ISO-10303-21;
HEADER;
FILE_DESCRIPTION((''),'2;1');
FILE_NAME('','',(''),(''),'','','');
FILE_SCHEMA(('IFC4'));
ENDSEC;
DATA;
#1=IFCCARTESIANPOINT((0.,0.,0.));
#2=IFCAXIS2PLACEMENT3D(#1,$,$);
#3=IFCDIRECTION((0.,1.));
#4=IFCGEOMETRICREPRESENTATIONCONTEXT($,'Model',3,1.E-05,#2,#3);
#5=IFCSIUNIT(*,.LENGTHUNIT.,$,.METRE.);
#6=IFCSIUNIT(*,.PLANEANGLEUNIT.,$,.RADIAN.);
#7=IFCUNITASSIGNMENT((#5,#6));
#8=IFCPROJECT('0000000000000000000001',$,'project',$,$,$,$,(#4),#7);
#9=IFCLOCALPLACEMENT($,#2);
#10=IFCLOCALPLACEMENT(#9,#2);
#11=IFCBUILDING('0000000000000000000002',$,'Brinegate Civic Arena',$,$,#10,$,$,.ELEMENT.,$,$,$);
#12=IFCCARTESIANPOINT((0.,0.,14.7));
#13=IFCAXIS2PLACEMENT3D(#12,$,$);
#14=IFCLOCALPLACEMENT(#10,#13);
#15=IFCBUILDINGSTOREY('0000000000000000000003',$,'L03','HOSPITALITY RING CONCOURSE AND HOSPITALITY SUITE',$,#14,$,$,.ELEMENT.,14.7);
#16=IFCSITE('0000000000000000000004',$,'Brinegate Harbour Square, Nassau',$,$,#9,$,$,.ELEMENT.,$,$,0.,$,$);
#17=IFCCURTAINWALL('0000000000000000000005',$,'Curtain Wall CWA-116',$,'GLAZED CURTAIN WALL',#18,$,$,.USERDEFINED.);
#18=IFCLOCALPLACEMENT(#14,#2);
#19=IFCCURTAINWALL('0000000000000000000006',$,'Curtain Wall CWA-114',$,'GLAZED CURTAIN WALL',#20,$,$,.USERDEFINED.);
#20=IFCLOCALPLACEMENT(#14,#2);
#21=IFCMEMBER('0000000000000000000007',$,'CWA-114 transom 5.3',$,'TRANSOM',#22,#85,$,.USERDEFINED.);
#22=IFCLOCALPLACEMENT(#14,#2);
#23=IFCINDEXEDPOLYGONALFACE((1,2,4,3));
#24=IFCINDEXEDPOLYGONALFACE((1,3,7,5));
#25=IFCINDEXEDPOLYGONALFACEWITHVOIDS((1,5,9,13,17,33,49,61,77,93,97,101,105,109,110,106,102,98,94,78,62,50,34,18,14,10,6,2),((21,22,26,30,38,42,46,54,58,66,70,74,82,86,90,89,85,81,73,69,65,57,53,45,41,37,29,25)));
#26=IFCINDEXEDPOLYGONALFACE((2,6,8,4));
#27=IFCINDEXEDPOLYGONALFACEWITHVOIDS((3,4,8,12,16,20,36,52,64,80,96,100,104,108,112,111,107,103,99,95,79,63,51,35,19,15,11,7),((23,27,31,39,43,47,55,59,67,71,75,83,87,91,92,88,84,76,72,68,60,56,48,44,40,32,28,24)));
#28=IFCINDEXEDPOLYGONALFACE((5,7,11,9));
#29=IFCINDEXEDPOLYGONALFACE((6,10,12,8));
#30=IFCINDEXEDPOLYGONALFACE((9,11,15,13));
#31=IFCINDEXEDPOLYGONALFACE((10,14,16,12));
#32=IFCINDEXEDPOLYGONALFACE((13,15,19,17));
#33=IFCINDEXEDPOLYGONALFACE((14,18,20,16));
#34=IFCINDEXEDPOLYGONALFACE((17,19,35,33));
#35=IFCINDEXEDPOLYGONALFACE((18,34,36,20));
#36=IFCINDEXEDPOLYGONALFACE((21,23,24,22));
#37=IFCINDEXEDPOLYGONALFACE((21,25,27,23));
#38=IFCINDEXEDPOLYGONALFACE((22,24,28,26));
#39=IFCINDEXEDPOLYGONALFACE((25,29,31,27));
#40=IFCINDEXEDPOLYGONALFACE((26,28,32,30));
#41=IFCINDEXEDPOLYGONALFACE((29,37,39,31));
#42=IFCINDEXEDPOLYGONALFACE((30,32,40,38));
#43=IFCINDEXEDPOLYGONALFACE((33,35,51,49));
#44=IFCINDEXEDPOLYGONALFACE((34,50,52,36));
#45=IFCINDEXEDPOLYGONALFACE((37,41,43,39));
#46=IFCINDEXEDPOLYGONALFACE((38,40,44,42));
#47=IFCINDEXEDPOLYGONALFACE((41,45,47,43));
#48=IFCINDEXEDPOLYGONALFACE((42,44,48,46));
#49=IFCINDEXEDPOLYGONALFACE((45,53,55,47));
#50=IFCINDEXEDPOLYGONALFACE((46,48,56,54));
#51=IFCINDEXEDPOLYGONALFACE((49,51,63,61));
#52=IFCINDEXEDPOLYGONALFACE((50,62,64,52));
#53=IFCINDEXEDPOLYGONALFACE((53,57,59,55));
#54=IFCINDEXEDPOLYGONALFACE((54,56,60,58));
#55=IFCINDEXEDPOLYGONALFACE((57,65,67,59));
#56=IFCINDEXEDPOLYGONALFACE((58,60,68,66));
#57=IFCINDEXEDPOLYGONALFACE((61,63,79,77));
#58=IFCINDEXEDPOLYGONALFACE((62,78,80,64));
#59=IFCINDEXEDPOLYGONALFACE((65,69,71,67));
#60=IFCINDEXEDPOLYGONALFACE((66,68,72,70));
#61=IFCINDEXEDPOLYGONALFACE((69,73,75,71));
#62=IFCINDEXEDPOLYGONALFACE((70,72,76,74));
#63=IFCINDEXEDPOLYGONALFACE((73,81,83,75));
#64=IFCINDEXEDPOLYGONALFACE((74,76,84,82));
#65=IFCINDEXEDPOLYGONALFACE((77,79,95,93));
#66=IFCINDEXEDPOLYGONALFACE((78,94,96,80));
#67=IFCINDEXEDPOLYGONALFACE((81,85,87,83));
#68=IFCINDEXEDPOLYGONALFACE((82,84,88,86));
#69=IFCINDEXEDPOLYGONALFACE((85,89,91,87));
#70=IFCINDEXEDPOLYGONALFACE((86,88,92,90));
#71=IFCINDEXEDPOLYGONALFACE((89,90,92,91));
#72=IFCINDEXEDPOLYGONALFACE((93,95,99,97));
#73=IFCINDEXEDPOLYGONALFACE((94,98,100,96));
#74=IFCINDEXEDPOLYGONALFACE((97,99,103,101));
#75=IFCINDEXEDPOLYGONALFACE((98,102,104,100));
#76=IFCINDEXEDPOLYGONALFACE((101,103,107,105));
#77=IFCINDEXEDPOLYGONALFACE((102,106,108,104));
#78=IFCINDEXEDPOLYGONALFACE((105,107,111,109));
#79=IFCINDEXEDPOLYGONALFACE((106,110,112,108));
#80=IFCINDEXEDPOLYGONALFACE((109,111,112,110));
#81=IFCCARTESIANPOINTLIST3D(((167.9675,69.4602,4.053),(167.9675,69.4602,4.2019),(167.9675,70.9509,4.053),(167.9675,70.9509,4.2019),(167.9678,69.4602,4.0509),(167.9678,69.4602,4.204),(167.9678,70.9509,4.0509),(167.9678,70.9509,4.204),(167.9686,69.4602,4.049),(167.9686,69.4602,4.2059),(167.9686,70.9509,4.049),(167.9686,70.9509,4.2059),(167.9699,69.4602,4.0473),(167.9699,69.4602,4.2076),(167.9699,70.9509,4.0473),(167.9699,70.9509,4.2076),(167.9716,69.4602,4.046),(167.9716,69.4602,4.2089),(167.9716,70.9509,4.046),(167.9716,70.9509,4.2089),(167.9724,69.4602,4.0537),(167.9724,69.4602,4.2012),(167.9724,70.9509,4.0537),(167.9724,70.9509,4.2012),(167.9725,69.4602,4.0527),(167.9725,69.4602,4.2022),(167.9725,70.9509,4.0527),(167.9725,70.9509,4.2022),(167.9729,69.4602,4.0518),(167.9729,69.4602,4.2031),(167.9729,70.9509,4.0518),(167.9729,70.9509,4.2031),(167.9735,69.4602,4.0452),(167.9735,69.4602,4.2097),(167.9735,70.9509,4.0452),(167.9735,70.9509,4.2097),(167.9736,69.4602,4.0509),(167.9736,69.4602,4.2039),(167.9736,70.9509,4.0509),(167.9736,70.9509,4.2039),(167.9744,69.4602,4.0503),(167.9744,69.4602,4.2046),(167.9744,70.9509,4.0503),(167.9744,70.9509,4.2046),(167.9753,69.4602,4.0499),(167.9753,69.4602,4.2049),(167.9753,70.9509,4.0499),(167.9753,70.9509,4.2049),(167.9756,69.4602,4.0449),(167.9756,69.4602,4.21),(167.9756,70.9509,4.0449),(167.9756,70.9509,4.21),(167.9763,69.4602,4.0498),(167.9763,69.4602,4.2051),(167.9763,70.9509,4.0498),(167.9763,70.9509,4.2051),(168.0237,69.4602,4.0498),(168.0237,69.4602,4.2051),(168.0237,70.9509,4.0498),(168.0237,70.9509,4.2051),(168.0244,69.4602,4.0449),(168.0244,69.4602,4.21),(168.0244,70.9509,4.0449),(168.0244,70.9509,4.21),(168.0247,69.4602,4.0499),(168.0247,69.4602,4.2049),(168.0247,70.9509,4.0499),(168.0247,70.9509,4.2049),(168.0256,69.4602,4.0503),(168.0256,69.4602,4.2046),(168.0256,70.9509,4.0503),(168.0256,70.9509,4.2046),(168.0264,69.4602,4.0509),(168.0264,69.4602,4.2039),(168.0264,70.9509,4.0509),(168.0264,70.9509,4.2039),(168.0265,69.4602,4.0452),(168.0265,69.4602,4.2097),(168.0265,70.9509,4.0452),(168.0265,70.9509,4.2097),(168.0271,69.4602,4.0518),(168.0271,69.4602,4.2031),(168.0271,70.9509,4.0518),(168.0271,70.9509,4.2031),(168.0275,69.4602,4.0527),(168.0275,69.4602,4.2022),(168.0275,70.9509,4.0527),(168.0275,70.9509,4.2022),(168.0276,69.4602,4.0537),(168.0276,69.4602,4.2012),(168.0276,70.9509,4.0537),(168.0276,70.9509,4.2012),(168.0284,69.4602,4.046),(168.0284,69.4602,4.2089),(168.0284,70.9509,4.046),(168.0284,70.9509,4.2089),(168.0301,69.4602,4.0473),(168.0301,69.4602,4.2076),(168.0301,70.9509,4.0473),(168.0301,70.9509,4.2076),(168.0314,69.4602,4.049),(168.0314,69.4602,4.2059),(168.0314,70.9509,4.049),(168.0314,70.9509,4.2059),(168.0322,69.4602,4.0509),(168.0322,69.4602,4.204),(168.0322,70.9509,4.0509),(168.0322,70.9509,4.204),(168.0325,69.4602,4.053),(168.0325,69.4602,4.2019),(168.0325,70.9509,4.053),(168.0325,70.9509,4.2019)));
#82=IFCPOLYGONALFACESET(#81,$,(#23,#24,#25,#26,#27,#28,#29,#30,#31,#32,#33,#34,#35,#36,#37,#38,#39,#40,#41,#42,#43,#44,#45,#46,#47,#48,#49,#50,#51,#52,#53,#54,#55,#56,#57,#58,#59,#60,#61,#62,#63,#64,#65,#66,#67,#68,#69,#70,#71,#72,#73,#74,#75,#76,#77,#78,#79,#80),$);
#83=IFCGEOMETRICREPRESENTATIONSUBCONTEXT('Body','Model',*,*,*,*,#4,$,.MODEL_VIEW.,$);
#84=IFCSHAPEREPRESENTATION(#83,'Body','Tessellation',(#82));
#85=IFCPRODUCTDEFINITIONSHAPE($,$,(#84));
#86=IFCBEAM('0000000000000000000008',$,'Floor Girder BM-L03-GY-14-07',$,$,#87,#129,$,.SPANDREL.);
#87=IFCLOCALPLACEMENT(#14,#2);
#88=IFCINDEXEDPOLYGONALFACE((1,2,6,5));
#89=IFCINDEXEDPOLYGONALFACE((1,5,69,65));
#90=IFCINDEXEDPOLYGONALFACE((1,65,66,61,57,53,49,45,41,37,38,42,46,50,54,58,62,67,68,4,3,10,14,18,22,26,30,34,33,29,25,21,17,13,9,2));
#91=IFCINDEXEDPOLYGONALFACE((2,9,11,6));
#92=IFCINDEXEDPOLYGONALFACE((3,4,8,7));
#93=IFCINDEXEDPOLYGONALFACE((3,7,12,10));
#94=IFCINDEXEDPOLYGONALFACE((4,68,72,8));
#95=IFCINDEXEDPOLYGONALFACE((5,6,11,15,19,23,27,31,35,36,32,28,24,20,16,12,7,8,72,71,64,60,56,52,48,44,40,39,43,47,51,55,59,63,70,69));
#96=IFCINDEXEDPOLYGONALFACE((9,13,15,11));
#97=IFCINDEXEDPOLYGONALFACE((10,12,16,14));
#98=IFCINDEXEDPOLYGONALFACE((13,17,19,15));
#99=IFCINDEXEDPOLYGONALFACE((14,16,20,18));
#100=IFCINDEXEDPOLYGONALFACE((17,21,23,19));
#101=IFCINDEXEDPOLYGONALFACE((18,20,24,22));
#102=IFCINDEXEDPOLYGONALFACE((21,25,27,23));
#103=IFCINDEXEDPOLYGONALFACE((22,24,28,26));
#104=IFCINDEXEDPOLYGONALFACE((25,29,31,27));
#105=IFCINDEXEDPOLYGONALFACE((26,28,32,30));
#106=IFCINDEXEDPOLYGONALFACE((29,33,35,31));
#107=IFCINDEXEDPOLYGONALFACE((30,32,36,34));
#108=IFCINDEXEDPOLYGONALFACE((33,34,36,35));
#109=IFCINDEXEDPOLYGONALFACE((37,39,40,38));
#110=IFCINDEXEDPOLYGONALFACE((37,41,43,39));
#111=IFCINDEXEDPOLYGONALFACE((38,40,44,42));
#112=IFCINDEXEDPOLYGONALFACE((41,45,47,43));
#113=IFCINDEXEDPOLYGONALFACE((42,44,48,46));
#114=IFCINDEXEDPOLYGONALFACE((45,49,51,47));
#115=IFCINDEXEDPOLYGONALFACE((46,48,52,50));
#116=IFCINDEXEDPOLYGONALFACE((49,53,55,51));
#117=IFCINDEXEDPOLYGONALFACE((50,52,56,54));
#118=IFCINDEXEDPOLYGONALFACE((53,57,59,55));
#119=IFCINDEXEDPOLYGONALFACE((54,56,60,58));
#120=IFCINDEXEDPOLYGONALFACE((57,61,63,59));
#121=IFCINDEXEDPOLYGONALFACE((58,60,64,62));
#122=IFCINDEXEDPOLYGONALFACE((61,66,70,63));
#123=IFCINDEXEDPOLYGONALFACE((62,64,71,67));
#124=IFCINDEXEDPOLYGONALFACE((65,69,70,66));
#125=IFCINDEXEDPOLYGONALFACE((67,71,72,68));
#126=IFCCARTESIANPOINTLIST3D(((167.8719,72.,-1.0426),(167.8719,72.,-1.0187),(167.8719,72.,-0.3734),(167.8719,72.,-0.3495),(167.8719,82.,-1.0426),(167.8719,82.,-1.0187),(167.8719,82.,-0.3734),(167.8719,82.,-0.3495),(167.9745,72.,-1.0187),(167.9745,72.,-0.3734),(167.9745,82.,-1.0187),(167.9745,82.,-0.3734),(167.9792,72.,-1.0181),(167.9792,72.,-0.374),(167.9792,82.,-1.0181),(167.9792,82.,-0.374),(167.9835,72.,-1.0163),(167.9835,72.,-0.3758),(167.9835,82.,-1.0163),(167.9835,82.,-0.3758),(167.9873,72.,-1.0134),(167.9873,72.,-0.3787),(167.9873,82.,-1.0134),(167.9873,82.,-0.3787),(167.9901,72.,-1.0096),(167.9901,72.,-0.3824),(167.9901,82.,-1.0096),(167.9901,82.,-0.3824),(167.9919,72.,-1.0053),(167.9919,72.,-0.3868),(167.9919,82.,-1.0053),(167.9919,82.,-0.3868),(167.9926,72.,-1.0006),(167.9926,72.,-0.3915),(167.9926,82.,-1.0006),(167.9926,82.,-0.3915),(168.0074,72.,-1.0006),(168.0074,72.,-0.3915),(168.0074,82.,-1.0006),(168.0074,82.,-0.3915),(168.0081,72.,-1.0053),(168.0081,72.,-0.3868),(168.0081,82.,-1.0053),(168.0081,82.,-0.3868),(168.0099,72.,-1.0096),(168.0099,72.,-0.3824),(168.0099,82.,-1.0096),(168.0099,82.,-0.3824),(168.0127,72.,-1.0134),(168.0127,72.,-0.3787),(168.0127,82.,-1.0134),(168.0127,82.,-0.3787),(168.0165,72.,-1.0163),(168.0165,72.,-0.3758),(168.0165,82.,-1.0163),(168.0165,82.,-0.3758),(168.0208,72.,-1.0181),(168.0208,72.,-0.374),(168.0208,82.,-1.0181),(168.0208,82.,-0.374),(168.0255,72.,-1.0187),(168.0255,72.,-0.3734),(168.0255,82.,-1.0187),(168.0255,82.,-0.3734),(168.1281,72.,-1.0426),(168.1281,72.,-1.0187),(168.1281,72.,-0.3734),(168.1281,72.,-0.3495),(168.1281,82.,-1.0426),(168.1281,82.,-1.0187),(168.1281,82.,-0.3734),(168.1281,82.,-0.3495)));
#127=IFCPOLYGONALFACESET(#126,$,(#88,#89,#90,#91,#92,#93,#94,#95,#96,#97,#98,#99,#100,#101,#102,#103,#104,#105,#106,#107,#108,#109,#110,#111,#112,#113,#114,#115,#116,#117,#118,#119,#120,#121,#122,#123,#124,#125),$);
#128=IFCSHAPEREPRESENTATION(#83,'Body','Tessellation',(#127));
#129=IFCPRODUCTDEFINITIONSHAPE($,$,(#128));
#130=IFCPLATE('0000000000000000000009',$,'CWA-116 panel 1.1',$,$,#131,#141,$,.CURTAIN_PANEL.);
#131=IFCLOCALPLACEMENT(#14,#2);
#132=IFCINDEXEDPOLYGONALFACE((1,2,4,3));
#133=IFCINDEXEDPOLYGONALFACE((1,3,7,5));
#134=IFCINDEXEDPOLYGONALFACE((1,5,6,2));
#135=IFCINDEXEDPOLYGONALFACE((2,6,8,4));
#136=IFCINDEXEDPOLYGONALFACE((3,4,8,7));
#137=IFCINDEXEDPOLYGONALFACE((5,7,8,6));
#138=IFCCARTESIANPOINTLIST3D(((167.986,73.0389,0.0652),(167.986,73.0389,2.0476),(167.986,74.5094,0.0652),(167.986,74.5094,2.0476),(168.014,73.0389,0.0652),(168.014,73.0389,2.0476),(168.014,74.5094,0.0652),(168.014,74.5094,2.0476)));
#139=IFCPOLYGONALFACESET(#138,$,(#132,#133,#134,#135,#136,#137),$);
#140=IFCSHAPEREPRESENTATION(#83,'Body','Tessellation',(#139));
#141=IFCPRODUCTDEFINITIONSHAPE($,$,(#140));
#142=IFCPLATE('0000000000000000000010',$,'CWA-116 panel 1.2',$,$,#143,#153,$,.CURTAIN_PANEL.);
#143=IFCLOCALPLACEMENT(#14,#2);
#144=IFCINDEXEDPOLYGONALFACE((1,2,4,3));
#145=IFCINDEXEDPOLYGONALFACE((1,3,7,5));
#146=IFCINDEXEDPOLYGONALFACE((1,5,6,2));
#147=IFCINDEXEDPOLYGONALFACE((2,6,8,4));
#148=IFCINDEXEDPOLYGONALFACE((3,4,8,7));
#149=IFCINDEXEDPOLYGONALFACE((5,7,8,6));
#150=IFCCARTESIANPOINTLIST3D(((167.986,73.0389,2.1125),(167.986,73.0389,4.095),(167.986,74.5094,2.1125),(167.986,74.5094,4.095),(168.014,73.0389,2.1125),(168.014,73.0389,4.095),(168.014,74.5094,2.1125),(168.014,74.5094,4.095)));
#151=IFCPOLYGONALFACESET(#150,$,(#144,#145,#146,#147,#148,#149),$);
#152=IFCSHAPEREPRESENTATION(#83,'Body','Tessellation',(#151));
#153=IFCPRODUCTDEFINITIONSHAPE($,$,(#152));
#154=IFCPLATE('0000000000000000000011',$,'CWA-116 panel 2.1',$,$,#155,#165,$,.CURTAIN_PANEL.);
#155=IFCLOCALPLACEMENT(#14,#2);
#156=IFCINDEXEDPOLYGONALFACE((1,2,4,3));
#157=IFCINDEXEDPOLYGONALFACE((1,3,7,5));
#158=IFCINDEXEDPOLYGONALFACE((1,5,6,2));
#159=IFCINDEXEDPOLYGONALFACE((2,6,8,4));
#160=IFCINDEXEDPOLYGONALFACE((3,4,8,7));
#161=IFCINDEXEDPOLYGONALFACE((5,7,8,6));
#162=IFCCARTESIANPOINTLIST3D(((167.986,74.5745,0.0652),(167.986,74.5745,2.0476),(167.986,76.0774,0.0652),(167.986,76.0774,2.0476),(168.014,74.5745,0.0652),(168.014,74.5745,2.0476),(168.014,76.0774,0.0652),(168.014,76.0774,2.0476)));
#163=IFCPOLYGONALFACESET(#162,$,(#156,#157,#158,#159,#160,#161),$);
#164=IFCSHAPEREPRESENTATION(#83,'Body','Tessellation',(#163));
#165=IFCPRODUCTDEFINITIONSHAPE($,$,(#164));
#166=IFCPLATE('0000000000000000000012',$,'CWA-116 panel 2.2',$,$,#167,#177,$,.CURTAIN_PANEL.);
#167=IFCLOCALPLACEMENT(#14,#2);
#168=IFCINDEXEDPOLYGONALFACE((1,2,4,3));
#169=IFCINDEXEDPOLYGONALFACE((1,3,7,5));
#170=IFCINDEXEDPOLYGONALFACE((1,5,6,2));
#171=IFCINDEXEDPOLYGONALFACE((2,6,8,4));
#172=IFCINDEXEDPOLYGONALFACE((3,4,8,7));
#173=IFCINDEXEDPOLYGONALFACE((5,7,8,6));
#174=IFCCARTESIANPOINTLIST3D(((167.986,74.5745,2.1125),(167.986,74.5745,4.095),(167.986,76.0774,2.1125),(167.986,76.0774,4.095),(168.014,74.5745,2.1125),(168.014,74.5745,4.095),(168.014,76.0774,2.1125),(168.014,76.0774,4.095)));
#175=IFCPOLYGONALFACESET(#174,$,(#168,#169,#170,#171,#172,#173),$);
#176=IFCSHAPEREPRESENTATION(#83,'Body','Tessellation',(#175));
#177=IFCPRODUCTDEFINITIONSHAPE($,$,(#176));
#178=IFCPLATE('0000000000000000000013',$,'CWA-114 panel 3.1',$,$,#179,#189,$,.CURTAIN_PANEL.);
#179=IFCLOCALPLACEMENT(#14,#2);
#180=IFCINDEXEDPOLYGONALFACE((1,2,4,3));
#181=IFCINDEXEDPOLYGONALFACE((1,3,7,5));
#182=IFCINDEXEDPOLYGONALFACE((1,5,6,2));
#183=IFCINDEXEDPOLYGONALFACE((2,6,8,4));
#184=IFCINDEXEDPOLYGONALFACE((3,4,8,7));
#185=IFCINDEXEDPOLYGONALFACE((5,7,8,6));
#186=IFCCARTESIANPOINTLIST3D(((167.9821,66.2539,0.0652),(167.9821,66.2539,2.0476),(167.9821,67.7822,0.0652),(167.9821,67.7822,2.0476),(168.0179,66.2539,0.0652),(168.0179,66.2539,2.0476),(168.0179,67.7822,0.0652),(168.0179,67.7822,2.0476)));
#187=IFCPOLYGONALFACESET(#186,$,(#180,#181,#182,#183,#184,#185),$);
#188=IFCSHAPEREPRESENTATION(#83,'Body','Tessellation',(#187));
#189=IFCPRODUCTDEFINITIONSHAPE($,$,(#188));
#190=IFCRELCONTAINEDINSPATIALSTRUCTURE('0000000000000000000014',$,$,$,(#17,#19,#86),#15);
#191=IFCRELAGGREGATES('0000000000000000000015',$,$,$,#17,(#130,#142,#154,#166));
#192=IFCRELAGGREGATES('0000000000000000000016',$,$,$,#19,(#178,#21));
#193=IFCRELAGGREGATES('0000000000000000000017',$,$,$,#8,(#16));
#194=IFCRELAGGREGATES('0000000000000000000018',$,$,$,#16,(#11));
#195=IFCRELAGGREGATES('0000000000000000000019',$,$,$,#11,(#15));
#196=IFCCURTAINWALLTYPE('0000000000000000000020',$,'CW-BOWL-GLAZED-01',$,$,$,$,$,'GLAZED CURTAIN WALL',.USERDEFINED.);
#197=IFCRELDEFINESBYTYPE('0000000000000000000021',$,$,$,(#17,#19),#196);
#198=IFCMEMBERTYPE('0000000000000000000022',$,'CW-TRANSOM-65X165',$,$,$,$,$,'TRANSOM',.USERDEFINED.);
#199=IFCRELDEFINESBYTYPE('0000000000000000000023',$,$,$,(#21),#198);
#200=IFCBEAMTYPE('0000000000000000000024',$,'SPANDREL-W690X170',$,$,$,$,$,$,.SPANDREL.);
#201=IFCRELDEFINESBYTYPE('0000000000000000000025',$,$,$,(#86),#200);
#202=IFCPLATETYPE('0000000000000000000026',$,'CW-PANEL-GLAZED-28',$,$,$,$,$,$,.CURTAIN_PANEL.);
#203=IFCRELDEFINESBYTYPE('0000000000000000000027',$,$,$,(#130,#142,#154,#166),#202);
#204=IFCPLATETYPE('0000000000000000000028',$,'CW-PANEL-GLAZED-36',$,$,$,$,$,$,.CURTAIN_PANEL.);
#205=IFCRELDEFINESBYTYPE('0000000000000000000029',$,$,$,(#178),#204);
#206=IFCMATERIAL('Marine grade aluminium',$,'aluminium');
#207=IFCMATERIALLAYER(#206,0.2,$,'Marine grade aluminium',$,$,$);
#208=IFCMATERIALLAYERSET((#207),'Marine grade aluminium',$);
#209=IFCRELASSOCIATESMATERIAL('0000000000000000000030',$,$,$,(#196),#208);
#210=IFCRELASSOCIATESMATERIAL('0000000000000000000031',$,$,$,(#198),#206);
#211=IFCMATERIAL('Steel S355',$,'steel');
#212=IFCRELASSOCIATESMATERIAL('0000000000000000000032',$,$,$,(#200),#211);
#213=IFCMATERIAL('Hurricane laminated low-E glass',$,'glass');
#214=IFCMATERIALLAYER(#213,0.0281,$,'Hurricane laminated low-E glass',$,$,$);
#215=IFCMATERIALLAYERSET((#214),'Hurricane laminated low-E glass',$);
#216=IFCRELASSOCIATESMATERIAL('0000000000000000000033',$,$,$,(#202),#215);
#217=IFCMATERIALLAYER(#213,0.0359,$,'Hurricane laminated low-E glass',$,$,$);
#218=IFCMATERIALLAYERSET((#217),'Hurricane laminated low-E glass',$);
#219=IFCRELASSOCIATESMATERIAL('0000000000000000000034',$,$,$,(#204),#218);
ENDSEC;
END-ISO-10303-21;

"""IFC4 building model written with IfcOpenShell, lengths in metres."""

from ifc_helpers import new_model, si_unit, direction, frame, origin, origin_2d, place, context, subcontext, project, spatial, rectangle, hollow_rectangle, i_section, extrude, material, layer, layer_set, material_profile, profile_set, type_object, element, aggregate, save


model = new_model("IFC4")

# Units and contexts
model_context = context("Model", 3, precision=1e-05, world=origin(), true_north=direction((0.0, 1.0)))
body_context = subcontext(model_context, "Body", "Model", "MODEL_VIEW")
ifc_project = project(units=[si_unit("LENGTHUNIT", "METRE"), si_unit("PLANEANGLEUNIT", "RADIAN")], contexts=[model_context])

# Site, building, storey
site_placement = place(None, origin())
site = spatial("IfcSite", under=ifc_project, at=site_placement, Name="Brinegate Harbour Square, Nassau", CompositionType="ELEMENT", RefElevation=0.0)
building_placement = place(site_placement, origin())
building = spatial("IfcBuilding", under=site, at=building_placement, Name="Brinegate Civic Arena", CompositionType="ELEMENT")
storey_placement = place(building_placement, frame((0.0, 0.0, 14.7)))
storey = spatial("IfcBuildingStorey", under=building, at=storey_placement, Name="L03", Description="HOSPITALITY RING CONCOURSE AND HOSPITALITY SUITE", CompositionType="ELEMENT", Elevation=14.7)

# Curtain walls
ifc_material_1 = material(Name="Marine grade aluminium", Category="aluminium")
ifc_layer_1 = layer(ifc_material_1, 0.2, Name="Marine grade aluminium")
ifc_layer_set_1 = layer_set([ifc_layer_1], Name="Marine grade aluminium")
curtain_wall_type = type_object("IfcCurtainWallType", Name="CW-BOWL-GLAZED-01", ElementType="GLAZED CURTAIN WALL", PredefinedType="USERDEFINED", material=ifc_layer_set_1)
curtain_wall_1_placement = place(storey_placement, origin())
curtain_wall_1 = element("IfcCurtainWall", 1, at=curtain_wall_1_placement, inside=storey, type_object=curtain_wall_type, Name="Curtain Wall CWA-116", ObjectType="GLAZED CURTAIN WALL", PredefinedType="USERDEFINED")
curtain_wall_2_placement = place(storey_placement, origin())
curtain_wall_2 = element("IfcCurtainWall", 2, at=curtain_wall_2_placement, inside=storey, type_object=curtain_wall_type, Name="Curtain Wall CWA-114", ObjectType="GLAZED CURTAIN WALL", PredefinedType="USERDEFINED")

# Member
ifc_material_profile_1 = material_profile(ifc_material_1, hollow_rectangle(XDim=0.0649, YDim=0.165, WallThickness=0.0049, InnerFilletRadius=0.0039, OuterFilletRadius=0.0081, at=origin_2d()), Name="TRN65X165")
ifc_profile_set_1 = profile_set([ifc_material_profile_1], Name="Marine grade aluminium")
member_type_1 = type_object("IfcMemberType", Name="CW-TRANSOM-65X165", ElementType="TRANSOM", PredefinedType="USERDEFINED", material=ifc_profile_set_1)
member_1_placement = place(storey_placement, frame((168.0, 69.4602, 4.1274), z_axis=(0.0, 1.0, 0.0), x_axis=(-1.0, 0.0, 0.0)))
member_1 = element("IfcMember", 3, at=member_1_placement, type_object=member_type_1, Name="CWA-114 transom 5.3", ObjectType="TRANSOM", PredefinedType="USERDEFINED", context=body_context, shape_type="SweptSolid", body=[
    extrude(hollow_rectangle(XDim=0.0649, YDim=0.165, WallThickness=0.0049, InnerFilletRadius=0.0039, OuterFilletRadius=0.0081, at=origin_2d()), origin(), (0.0, 0.0, 1.0), 1.4907),
])

# Beam
ifc_material_2 = material(Name="Steel S355", Category="steel")
ifc_material_profile_2 = material_profile(ifc_material_2, i_section(OverallWidth=0.2561, OverallDepth=0.6931, WebThickness=0.0149, FlangeThickness=0.0239, FilletRadius=0.0181, at=origin_2d()), Name="W690X170")
ifc_profile_set_2 = profile_set([ifc_material_profile_2], Name="Steel S355")
beam_type = type_object("IfcBeamType", Name="SPANDREL-W690X170", PredefinedType="SPANDREL", material=ifc_profile_set_2)
beam_placement = place(storey_placement, frame((168.0, 72.0, -0.696), z_axis=(0.0, 1.0, 0.0), x_axis=(-1.0, 0.0, 0.0)))
element("IfcBeam", 4, at=beam_placement, inside=storey, type_object=beam_type, Name="Floor Girder BM-L03-GY-14-07", PredefinedType="SPANDREL", context=body_context, shape_type="SweptSolid", body=[
    extrude(i_section(OverallWidth=0.2561, OverallDepth=0.6931, WebThickness=0.0149, FlangeThickness=0.0239, FilletRadius=0.0181, at=origin_2d()), origin(), (0.0, 0.0, 1.0), 10.0),
])

# Plates
ifc_material_3 = material(Name="Hurricane laminated low-E glass", Category="glass")
ifc_layer_2 = layer(ifc_material_3, 0.0281, Name="Hurricane laminated low-E glass")
ifc_layer_set_2 = layer_set([ifc_layer_2], Name="Hurricane laminated low-E glass")
plate_type_1 = type_object("IfcPlateType", Name="CW-PANEL-GLAZED-28", PredefinedType="CURTAIN_PANEL", material=ifc_layer_set_2)
plate_1_placement = place(storey_placement, frame((168.0, 73.7742, 0.0652), z_axis=(0.0, 0.0, 1.0), x_axis=(0.0, 1.0, 0.0)))
plate_1 = element("IfcPlate", 5, at=plate_1_placement, type_object=plate_type_1, Name="CWA-116 panel 1.1", PredefinedType="CURTAIN_PANEL", context=body_context, shape_type="SweptSolid", body=[
    extrude(rectangle(XDim=1.4705, YDim=0.0281, at=origin_2d()), origin(), (0.0, 0.0, 1.0), 1.9824),
])
plate_2_placement = place(storey_placement, frame((168.0, 73.7742, 2.1125), z_axis=(0.0, 0.0, 1.0), x_axis=(0.0, 1.0, 0.0)))
plate_2 = element("IfcPlate", 6, at=plate_2_placement, type_object=plate_type_1, Name="CWA-116 panel 1.2", PredefinedType="CURTAIN_PANEL", context=body_context, shape_type="SweptSolid", body=[
    extrude(rectangle(XDim=1.4705, YDim=0.0281, at=origin_2d()), origin(), (0.0, 0.0, 1.0), 1.9824),
])
plate_3_placement = place(storey_placement, frame((168.0, 75.3259, 0.0652), z_axis=(0.0, 0.0, 1.0), x_axis=(0.0, 1.0, 0.0)))
plate_3 = element("IfcPlate", 7, at=plate_3_placement, type_object=plate_type_1, Name="CWA-116 panel 2.1", PredefinedType="CURTAIN_PANEL", context=body_context, shape_type="SweptSolid", body=[
    extrude(rectangle(XDim=1.5029, YDim=0.0281, at=origin_2d()), origin(), (0.0, 0.0, 1.0), 1.9824),
])
plate_4_placement = place(storey_placement, frame((168.0, 75.3259, 2.1125), z_axis=(0.0, 0.0, 1.0), x_axis=(0.0, 1.0, 0.0)))
plate_4 = element("IfcPlate", 8, at=plate_4_placement, type_object=plate_type_1, Name="CWA-116 panel 2.2", PredefinedType="CURTAIN_PANEL", context=body_context, shape_type="SweptSolid", body=[
    extrude(rectangle(XDim=1.5029, YDim=0.0281, at=origin_2d()), origin(), (0.0, 0.0, 1.0), 1.9824),
])
aggregate(curtain_wall_1, [plate_1, plate_2, plate_3, plate_4])
ifc_layer_3 = layer(ifc_material_3, 0.0359, Name="Hurricane laminated low-E glass")
ifc_layer_set_3 = layer_set([ifc_layer_3], Name="Hurricane laminated low-E glass")
plate_type_2 = type_object("IfcPlateType", Name="CW-PANEL-GLAZED-36", PredefinedType="CURTAIN_PANEL", material=ifc_layer_set_3)
plate_5_placement = place(storey_placement, frame((168.0, 67.0181, 0.0652), z_axis=(0.0, 0.0, 1.0), x_axis=(0.0, 1.0, 0.0)))
plate_5 = element("IfcPlate", 9, at=plate_5_placement, type_object=plate_type_2, Name="CWA-114 panel 3.1", PredefinedType="CURTAIN_PANEL", context=body_context, shape_type="SweptSolid", body=[
    extrude(rectangle(XDim=1.5283, YDim=0.0359, at=origin_2d()), origin(), (0.0, 0.0, 1.0), 1.9824),
])
aggregate(curtain_wall_2, [plate_5, member_1])

save(model, "model.ifc")
